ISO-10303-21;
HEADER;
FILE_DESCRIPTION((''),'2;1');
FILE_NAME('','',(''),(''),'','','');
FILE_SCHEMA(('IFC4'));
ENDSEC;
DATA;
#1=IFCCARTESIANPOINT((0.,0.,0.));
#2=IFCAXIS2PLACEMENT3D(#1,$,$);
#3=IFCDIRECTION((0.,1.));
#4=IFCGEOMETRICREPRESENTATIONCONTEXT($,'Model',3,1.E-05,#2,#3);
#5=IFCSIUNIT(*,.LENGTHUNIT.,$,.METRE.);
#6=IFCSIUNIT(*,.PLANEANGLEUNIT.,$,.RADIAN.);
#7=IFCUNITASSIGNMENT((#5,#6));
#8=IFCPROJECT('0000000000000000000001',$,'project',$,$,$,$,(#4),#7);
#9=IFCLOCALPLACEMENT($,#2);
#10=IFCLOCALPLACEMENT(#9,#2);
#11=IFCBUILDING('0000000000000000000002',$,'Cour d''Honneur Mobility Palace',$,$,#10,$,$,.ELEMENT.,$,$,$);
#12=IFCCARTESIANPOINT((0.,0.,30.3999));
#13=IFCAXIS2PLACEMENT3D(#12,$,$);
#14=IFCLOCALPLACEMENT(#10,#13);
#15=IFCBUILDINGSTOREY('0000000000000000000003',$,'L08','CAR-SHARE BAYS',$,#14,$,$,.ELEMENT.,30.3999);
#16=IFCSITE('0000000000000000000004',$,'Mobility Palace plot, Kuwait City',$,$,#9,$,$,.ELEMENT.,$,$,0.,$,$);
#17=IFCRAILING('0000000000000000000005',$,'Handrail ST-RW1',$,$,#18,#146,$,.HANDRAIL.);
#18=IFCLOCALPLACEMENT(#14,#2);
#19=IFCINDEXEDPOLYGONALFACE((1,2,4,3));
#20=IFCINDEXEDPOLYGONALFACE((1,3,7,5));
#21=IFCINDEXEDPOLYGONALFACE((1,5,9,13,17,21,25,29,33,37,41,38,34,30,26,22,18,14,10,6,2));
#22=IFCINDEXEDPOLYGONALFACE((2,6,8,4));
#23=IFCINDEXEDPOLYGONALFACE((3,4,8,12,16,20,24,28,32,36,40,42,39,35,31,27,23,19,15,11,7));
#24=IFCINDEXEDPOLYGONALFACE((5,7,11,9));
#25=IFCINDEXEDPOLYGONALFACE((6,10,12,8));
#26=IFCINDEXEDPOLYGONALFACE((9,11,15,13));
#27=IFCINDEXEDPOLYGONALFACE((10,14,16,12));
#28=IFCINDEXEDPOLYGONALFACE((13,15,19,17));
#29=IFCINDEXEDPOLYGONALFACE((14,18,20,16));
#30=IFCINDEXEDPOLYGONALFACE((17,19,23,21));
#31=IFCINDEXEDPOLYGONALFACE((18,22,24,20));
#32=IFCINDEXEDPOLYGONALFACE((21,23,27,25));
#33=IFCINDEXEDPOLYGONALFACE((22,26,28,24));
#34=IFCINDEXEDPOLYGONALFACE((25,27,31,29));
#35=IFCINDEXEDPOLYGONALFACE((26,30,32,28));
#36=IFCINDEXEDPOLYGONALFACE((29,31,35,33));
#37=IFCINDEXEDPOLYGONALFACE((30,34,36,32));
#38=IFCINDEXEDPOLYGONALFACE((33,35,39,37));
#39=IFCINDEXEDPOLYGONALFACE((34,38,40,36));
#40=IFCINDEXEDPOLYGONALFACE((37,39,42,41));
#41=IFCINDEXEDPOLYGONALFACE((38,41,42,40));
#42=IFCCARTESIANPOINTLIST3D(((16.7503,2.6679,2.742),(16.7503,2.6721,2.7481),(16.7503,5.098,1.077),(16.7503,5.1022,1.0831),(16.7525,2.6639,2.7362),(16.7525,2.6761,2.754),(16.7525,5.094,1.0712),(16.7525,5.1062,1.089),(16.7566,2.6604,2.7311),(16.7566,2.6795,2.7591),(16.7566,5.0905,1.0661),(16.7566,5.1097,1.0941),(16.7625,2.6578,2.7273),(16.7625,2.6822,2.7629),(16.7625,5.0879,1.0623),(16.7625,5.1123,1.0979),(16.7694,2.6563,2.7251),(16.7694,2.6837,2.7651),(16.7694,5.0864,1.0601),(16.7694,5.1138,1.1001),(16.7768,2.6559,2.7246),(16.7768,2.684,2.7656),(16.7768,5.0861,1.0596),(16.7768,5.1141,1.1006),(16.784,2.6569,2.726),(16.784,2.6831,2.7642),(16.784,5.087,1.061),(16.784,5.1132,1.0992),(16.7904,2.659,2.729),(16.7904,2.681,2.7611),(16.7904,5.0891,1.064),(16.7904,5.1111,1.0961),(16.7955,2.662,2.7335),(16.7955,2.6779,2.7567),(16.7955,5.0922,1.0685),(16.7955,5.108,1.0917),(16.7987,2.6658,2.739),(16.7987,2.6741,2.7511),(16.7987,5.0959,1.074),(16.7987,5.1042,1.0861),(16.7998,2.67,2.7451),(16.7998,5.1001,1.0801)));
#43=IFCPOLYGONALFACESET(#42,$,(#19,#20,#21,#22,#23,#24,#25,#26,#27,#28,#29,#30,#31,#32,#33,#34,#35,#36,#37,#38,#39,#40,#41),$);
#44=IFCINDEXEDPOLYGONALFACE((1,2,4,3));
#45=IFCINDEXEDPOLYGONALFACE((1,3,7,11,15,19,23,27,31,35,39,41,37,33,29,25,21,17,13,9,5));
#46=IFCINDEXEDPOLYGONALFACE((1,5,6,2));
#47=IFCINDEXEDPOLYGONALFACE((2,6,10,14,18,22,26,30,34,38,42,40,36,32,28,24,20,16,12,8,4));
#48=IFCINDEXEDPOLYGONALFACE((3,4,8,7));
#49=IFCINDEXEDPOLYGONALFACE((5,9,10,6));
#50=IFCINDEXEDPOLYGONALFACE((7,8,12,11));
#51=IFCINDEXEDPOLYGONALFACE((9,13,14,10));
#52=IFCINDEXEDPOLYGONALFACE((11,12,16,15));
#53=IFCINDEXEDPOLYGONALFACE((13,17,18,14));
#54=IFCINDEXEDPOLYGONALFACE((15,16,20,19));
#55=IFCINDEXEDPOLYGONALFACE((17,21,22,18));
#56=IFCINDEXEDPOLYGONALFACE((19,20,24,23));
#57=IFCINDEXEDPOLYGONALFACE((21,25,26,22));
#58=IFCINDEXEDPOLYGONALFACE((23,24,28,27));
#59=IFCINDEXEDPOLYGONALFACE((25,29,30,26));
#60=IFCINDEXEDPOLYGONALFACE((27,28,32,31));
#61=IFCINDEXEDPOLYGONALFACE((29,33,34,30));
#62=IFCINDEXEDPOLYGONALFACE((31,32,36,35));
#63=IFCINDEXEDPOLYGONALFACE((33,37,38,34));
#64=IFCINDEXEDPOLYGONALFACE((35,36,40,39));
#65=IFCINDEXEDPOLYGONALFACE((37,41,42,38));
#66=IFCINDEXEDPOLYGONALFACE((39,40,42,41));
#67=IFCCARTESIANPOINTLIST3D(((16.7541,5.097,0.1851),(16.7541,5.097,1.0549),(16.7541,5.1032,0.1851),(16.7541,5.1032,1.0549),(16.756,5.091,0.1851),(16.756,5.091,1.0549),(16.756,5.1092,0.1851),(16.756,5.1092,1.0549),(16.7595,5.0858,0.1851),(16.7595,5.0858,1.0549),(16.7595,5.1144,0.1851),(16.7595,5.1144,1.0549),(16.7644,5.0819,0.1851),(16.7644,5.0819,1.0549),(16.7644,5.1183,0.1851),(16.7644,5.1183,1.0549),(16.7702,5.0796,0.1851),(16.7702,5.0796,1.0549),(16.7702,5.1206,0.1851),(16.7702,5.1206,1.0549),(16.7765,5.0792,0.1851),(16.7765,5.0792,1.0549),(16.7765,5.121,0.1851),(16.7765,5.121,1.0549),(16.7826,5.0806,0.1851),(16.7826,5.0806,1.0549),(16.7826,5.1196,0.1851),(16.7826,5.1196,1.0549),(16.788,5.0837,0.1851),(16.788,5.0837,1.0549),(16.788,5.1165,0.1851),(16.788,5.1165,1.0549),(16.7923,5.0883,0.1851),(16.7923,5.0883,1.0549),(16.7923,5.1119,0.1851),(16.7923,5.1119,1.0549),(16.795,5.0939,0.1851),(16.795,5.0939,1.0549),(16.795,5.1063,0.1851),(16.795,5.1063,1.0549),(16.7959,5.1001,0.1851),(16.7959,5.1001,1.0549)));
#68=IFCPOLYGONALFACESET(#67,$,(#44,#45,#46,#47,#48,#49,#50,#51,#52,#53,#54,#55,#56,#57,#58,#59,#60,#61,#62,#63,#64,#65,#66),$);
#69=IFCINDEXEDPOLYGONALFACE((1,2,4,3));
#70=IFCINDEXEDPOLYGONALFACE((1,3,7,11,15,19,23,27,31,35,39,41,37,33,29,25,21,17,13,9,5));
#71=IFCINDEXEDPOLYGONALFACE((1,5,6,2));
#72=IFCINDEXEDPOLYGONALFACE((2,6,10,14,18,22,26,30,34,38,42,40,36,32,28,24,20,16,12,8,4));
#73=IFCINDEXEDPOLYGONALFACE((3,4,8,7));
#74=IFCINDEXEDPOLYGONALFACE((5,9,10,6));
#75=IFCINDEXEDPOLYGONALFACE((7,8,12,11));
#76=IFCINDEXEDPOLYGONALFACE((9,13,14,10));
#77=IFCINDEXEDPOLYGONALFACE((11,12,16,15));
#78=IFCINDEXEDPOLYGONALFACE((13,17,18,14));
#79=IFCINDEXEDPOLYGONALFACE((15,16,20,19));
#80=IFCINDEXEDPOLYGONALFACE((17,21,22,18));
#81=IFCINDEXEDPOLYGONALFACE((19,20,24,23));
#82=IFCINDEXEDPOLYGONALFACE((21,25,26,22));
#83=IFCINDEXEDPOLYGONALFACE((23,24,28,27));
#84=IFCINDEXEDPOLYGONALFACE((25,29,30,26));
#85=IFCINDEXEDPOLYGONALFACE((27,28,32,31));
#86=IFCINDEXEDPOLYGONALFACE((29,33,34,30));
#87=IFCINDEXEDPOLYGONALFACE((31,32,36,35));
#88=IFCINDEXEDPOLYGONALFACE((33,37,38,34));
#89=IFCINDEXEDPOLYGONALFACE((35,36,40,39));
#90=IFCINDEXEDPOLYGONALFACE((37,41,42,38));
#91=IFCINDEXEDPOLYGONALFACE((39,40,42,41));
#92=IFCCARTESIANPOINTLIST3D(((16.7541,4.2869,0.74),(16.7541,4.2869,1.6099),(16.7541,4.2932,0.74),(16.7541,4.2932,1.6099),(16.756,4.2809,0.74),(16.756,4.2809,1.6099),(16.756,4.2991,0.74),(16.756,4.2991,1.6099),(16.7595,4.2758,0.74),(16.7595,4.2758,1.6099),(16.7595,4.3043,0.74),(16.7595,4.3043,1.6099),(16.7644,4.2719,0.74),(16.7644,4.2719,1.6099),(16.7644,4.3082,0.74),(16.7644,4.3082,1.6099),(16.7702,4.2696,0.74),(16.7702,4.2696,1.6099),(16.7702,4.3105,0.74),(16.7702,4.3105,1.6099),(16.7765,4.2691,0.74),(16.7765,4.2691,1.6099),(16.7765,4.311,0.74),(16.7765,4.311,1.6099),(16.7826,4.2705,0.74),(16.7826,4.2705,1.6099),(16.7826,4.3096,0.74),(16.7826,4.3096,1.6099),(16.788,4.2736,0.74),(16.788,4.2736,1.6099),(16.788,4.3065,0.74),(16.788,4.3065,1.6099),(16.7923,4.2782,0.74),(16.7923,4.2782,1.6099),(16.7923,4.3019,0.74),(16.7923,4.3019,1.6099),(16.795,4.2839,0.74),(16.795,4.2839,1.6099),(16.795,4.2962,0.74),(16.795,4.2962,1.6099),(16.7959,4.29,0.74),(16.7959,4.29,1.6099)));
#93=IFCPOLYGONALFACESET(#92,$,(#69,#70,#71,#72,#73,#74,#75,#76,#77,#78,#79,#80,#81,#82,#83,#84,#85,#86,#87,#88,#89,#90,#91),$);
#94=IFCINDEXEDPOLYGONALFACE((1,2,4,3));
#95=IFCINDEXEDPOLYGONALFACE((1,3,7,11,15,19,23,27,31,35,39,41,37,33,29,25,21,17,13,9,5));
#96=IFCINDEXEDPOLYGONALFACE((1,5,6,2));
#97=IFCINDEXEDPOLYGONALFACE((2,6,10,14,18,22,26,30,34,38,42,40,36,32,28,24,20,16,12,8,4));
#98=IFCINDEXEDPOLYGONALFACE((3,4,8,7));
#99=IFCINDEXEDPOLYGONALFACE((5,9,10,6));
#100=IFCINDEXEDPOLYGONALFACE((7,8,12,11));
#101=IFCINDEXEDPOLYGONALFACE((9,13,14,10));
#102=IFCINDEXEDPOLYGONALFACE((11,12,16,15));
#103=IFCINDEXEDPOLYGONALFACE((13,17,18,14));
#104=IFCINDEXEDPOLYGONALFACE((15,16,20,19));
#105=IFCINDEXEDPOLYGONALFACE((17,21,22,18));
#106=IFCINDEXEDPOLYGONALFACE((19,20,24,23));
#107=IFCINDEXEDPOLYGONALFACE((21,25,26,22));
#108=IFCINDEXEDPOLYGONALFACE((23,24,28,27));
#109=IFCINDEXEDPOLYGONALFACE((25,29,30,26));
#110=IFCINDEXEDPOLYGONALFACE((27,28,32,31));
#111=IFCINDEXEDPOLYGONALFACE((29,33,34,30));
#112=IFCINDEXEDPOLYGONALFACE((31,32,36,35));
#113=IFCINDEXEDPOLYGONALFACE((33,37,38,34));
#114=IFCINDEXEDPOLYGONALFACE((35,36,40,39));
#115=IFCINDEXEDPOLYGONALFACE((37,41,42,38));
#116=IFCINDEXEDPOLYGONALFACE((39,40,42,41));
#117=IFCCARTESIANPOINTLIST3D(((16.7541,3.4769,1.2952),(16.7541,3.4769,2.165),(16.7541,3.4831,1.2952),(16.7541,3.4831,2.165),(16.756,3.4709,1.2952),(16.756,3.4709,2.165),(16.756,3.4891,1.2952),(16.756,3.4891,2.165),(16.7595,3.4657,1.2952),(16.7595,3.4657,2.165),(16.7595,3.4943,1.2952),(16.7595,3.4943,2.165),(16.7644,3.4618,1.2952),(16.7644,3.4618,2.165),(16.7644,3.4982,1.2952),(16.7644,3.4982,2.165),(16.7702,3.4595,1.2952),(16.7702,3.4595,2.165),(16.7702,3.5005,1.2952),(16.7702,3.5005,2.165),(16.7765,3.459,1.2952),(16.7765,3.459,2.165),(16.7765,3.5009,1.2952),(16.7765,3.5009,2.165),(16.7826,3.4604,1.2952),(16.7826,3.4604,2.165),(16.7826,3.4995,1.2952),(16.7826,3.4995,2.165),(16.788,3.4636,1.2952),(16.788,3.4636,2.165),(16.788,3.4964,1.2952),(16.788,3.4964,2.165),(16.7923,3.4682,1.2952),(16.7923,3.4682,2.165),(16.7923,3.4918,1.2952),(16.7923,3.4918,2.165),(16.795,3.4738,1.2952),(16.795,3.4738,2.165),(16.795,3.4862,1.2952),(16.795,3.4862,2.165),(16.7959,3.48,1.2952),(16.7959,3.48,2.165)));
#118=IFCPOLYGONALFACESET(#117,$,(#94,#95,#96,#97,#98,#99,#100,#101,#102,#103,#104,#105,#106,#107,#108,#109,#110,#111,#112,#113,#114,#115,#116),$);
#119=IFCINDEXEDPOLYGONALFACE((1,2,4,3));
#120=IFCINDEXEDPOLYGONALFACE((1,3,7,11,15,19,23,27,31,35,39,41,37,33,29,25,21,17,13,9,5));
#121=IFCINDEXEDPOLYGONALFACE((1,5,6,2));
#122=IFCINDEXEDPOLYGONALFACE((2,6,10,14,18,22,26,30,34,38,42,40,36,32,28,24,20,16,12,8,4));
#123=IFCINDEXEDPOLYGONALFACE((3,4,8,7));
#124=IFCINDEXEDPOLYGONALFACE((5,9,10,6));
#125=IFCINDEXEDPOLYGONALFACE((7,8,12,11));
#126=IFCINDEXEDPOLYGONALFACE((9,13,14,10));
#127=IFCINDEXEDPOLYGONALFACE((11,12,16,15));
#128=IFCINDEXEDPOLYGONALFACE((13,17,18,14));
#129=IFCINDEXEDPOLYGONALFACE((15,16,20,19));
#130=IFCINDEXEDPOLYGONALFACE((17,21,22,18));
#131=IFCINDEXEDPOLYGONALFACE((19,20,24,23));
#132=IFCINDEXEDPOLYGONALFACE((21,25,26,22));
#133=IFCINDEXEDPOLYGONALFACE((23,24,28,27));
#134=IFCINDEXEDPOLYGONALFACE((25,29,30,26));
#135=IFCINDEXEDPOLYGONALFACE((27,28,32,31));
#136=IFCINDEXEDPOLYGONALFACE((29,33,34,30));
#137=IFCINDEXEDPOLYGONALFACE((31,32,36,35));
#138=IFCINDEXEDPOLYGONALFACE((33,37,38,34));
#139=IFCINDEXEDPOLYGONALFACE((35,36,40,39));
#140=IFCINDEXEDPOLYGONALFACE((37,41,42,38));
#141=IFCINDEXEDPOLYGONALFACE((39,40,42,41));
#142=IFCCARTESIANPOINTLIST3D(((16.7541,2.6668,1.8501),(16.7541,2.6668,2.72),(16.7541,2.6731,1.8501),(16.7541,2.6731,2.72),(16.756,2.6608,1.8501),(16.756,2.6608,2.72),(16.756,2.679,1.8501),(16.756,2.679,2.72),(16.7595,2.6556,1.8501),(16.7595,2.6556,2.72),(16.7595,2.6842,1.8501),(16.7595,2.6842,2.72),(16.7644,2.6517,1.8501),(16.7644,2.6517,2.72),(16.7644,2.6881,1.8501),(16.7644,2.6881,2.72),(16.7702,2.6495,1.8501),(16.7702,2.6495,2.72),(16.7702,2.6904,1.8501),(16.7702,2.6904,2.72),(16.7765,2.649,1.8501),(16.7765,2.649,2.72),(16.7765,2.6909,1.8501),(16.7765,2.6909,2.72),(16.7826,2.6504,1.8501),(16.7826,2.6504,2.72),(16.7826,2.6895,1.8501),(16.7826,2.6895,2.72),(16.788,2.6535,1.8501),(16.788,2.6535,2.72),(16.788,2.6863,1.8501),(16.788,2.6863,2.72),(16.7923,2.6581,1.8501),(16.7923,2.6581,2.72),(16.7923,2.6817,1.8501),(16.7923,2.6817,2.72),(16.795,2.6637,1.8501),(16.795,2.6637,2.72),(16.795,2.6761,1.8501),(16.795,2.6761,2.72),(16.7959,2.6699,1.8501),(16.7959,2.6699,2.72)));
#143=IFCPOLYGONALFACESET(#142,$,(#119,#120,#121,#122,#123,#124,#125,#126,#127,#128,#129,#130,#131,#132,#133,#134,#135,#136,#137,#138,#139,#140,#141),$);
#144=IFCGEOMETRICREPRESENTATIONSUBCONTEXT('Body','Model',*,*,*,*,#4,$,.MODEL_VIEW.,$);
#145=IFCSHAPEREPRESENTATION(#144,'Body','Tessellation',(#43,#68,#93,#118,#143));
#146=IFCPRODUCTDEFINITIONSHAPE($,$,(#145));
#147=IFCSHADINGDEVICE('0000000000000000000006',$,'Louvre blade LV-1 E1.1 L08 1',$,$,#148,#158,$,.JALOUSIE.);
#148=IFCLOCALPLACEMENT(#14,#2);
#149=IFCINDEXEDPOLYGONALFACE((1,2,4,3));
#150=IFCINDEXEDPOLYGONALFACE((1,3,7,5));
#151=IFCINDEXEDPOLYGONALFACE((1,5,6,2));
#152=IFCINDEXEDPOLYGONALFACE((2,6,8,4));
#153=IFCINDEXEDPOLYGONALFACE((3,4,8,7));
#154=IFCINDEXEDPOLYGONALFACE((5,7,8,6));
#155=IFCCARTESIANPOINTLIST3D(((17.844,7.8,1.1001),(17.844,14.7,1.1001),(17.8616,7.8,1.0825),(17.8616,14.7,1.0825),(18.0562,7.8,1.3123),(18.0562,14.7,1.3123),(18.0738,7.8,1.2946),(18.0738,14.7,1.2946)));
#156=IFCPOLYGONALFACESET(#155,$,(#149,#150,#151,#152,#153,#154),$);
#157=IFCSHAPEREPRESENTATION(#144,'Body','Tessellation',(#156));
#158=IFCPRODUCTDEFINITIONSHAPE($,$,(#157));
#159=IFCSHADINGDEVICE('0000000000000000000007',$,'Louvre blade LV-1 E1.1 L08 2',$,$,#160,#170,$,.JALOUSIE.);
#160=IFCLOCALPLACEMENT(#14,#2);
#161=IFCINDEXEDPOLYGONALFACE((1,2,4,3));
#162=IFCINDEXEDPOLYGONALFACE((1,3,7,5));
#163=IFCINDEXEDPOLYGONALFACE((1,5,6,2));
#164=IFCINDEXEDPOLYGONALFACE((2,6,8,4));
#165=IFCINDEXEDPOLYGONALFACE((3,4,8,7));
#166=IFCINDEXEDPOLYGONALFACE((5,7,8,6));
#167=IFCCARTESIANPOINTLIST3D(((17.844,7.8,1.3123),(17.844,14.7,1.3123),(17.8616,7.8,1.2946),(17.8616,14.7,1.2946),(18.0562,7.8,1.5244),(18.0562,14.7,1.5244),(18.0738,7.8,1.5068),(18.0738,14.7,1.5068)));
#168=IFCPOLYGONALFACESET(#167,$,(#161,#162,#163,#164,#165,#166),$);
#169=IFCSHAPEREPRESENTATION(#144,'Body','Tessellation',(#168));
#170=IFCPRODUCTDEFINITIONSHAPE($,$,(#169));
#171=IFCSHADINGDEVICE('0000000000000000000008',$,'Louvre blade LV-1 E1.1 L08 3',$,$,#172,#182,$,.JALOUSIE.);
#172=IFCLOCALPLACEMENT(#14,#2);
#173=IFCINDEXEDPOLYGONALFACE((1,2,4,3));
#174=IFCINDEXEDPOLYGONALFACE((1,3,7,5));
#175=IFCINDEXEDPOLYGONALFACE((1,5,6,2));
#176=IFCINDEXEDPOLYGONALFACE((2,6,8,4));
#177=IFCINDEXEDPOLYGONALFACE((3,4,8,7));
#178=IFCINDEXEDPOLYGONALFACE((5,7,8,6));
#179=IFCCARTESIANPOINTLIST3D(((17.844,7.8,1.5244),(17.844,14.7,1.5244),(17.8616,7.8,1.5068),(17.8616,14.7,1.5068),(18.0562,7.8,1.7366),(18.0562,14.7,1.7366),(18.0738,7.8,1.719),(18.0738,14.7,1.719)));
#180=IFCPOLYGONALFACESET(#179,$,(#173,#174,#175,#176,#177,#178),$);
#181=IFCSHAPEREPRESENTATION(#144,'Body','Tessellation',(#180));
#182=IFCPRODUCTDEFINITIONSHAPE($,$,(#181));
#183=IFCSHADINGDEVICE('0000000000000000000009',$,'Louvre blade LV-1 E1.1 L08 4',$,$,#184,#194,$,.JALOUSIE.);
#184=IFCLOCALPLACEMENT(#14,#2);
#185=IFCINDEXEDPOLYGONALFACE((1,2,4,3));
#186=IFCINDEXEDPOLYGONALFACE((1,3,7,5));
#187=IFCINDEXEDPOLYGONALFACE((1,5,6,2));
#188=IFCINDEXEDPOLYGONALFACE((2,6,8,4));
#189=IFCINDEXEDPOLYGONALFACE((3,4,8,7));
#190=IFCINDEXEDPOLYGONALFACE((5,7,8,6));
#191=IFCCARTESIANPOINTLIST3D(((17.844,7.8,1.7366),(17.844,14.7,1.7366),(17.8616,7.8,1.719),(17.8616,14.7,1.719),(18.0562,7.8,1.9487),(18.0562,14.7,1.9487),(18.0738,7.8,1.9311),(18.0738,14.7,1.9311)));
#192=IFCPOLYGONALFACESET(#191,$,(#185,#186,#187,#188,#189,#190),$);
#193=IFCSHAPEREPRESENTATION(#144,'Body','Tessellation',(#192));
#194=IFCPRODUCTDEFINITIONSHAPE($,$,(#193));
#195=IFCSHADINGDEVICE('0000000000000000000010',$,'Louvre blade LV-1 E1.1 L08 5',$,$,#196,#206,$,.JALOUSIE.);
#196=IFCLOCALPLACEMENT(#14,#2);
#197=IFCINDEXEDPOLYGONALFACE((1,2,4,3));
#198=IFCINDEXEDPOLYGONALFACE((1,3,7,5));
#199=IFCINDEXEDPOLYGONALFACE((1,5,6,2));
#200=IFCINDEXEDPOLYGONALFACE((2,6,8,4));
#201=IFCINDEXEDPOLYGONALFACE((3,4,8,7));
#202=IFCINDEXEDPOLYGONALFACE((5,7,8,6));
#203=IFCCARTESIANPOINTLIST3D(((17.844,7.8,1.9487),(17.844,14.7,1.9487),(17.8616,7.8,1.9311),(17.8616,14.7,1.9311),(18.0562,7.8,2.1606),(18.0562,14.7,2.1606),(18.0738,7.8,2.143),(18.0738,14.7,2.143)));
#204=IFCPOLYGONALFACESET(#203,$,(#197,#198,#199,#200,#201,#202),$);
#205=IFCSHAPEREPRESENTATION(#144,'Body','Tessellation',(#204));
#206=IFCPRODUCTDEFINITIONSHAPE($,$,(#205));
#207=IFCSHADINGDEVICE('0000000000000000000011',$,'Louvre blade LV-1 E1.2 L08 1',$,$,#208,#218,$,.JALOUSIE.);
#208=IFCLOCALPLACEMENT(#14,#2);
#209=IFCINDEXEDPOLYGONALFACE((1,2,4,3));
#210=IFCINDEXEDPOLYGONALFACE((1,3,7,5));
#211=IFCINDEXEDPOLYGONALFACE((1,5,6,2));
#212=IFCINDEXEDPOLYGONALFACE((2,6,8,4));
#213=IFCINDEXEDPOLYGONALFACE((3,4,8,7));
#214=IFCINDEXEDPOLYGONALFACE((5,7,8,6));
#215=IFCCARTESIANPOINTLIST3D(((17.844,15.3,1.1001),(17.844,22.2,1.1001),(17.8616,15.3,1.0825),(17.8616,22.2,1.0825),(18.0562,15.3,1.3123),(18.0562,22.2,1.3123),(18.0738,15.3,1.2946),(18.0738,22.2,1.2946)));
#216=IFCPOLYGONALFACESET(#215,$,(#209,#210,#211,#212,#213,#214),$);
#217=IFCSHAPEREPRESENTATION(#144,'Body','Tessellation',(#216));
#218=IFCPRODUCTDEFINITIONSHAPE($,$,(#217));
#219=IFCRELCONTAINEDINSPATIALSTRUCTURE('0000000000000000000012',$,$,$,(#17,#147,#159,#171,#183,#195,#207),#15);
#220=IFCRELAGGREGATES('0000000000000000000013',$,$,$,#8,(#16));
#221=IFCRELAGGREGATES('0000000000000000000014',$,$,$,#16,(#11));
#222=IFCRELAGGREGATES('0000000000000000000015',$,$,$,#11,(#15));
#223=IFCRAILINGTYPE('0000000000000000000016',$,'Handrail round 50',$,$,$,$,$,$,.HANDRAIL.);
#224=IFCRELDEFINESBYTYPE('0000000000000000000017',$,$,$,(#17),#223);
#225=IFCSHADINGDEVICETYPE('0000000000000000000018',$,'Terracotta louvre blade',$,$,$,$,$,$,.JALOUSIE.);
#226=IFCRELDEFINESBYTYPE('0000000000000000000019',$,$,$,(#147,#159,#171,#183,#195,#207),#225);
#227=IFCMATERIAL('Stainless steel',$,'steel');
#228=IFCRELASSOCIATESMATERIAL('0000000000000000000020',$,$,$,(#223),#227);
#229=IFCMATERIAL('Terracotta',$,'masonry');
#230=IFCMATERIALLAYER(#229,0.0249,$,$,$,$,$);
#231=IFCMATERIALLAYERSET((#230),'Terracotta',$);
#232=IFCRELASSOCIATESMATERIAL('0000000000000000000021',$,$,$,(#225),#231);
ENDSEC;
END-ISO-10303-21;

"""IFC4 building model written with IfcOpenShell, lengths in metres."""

from ifc_helpers import new_model, si_unit, direction, frame, origin, origin_2d, place, context, subcontext, project, spatial, polyline, circle, outline, extrude, material, layer, layer_set, type_object, element, save


model = new_model("IFC4")

# Units and contexts
model_context = context("Model", 3, precision=1e-05, world=origin(), true_north=direction((0.0, 1.0)))
body_context = subcontext(model_context, "Body", "Model", "MODEL_VIEW")
ifc_project = project(units=[si_unit("LENGTHUNIT", "METRE"), si_unit("PLANEANGLEUNIT", "RADIAN")], contexts=[model_context])

# Site, building, storey
site_placement = place(None, origin())
site = spatial("IfcSite", under=ifc_project, at=site_placement, Name="Mobility Palace plot, Kuwait City", CompositionType="ELEMENT", RefElevation=0.0)
building_placement = place(site_placement, origin())
building = spatial("IfcBuilding", under=site, at=building_placement, Name="Cour d'Honneur Mobility Palace", CompositionType="ELEMENT")
storey_placement = place(building_placement, frame((0.0, 0.0, 30.3999)))
storey = spatial("IfcBuildingStorey", under=building, at=storey_placement, Name="L08", Description="CAR-SHARE BAYS", CompositionType="ELEMENT", Elevation=30.3999)

# Railing
ifc_material_1 = material(Name="Stainless steel", Category="steel")
railing_type_1 = type_object("IfcRailingType", Name="Handrail round 50", PredefinedType="HANDRAIL", material=ifc_material_1)
railing_1_placement = place(storey_placement, frame((16.7749, 5.1001, 0.1851)))
element("IfcRailing", 1, at=railing_1_placement, inside=storey, type_object=railing_type_1, Name="Handrail ST-RW1", PredefinedType="HANDRAIL", context=body_context, shape_type="SweptSolid", body=[
    extrude(circle(Radius=0.0249, at=origin_2d()), frame((0.0, 0.0, 0.895), z_axis=(0.0, -0.824945, 0.565213), x_axis=(1.0, 0.0, 0.0)), (0.0, 0.0, 1.0), 2.9458),
    extrude(circle(Radius=0.021, at=origin_2d()), origin(), (0.0, 0.0, 1.0), 0.8699),
    extrude(circle(Radius=0.021, at=origin_2d()), frame((0.0, -0.8101, 0.5549)), (0.0, 0.0, 1.0), 0.8699),
    extrude(circle(Radius=0.021, at=origin_2d()), frame((0.0, -1.6201, 1.1101)), (0.0, 0.0, 1.0), 0.8699),
    extrude(circle(Radius=0.021, at=origin_2d()), frame((0.0, -2.4302, 1.665)), (0.0, 0.0, 1.0), 0.8699),
])

# Shading devices
ifc_material_2 = material(Name="Terracotta", Category="masonry")
ifc_layer_1 = layer(ifc_material_2, 0.0249)
ifc_layer_set_1 = layer_set([ifc_layer_1], Name="Terracotta")
shading_device_type = type_object("IfcShadingDeviceType", Name="Terracotta louvre blade", PredefinedType="JALOUSIE", material=ifc_layer_set_1)
for number, where, z_axis, x_axis, name in (
    (2, (17.844, 7.8, 1.1001), (-0.707107, 0.0, 0.707107), (0.0, 1.0, 0.0), "Louvre blade LV-1 E1.1 L08 1"),
    (3, (17.844, 7.8, 1.3123), (-0.707107, 0.0, 0.707107), (0.0, 1.0, 0.0), "Louvre blade LV-1 E1.1 L08 2"),
    (4, (17.844, 7.8, 1.5244), (-0.707107, 0.0, 0.707107), (0.0, 1.0, 0.0), "Louvre blade LV-1 E1.1 L08 3"),
    (5, (17.844, 7.8, 1.7366), (-0.707107, 0.0, 0.707107), (0.0, 1.0, 0.0), "Louvre blade LV-1 E1.1 L08 4"),
):
    element("IfcShadingDevice", number, at=place(storey_placement, frame(where, z_axis=z_axis, x_axis=x_axis)), inside=storey, type_object=shading_device_type, Name=name, PredefinedType="JALOUSIE", context=body_context, shape_type="SweptSolid", body=[
        extrude(outline(polyline([(0.0, 0.0), (6.8999, 0.0), (6.8999, -0.3), (0.0, -0.3), (0.0, 0.0)])), origin(), (0.0, 0.0, -1.0), 0.0249),
    ])
shading_device_placement = place(storey_placement, frame((17.844, 7.8, 1.9487), z_axis=(-0.7067, 0.0, 0.707514), x_axis=(0.0, 1.0, 0.0)))
element("IfcShadingDevice", 6, at=shading_device_placement, inside=storey, type_object=shading_device_type, Name="Louvre blade LV-1 E1.1 L08 5", PredefinedType="JALOUSIE", context=body_context, shape_type="SweptSolid", body=[
    extrude(outline(polyline([(0.0, 0.0), (6.8999, 0.0), (6.8999, -0.2999), (0.0, -0.2999), (0.0, 0.0)])), origin(), (0.0, 0.0, -1.0), 0.0249),
])
for number, where, z_axis, x_axis, name in (
    (7, (17.844, 15.3, 1.1001), (-0.707107, 0.0, 0.707107), (0.0, 1.0, 0.0), "Louvre blade LV-1 E1.2 L08 1"),
):
    element("IfcShadingDevice", number, at=place(storey_placement, frame(where, z_axis=z_axis, x_axis=x_axis)), inside=storey, type_object=shading_device_type, Name=name, PredefinedType="JALOUSIE", context=body_context, shape_type="SweptSolid", body=[
        extrude(outline(polyline([(0.0, 0.0), (6.8999, 0.0), (6.8999, -0.3), (0.0, -0.3), (0.0, 0.0)])), origin(), (0.0, 0.0, -1.0), 0.0249),
    ])

save(model, "model.ifc")
